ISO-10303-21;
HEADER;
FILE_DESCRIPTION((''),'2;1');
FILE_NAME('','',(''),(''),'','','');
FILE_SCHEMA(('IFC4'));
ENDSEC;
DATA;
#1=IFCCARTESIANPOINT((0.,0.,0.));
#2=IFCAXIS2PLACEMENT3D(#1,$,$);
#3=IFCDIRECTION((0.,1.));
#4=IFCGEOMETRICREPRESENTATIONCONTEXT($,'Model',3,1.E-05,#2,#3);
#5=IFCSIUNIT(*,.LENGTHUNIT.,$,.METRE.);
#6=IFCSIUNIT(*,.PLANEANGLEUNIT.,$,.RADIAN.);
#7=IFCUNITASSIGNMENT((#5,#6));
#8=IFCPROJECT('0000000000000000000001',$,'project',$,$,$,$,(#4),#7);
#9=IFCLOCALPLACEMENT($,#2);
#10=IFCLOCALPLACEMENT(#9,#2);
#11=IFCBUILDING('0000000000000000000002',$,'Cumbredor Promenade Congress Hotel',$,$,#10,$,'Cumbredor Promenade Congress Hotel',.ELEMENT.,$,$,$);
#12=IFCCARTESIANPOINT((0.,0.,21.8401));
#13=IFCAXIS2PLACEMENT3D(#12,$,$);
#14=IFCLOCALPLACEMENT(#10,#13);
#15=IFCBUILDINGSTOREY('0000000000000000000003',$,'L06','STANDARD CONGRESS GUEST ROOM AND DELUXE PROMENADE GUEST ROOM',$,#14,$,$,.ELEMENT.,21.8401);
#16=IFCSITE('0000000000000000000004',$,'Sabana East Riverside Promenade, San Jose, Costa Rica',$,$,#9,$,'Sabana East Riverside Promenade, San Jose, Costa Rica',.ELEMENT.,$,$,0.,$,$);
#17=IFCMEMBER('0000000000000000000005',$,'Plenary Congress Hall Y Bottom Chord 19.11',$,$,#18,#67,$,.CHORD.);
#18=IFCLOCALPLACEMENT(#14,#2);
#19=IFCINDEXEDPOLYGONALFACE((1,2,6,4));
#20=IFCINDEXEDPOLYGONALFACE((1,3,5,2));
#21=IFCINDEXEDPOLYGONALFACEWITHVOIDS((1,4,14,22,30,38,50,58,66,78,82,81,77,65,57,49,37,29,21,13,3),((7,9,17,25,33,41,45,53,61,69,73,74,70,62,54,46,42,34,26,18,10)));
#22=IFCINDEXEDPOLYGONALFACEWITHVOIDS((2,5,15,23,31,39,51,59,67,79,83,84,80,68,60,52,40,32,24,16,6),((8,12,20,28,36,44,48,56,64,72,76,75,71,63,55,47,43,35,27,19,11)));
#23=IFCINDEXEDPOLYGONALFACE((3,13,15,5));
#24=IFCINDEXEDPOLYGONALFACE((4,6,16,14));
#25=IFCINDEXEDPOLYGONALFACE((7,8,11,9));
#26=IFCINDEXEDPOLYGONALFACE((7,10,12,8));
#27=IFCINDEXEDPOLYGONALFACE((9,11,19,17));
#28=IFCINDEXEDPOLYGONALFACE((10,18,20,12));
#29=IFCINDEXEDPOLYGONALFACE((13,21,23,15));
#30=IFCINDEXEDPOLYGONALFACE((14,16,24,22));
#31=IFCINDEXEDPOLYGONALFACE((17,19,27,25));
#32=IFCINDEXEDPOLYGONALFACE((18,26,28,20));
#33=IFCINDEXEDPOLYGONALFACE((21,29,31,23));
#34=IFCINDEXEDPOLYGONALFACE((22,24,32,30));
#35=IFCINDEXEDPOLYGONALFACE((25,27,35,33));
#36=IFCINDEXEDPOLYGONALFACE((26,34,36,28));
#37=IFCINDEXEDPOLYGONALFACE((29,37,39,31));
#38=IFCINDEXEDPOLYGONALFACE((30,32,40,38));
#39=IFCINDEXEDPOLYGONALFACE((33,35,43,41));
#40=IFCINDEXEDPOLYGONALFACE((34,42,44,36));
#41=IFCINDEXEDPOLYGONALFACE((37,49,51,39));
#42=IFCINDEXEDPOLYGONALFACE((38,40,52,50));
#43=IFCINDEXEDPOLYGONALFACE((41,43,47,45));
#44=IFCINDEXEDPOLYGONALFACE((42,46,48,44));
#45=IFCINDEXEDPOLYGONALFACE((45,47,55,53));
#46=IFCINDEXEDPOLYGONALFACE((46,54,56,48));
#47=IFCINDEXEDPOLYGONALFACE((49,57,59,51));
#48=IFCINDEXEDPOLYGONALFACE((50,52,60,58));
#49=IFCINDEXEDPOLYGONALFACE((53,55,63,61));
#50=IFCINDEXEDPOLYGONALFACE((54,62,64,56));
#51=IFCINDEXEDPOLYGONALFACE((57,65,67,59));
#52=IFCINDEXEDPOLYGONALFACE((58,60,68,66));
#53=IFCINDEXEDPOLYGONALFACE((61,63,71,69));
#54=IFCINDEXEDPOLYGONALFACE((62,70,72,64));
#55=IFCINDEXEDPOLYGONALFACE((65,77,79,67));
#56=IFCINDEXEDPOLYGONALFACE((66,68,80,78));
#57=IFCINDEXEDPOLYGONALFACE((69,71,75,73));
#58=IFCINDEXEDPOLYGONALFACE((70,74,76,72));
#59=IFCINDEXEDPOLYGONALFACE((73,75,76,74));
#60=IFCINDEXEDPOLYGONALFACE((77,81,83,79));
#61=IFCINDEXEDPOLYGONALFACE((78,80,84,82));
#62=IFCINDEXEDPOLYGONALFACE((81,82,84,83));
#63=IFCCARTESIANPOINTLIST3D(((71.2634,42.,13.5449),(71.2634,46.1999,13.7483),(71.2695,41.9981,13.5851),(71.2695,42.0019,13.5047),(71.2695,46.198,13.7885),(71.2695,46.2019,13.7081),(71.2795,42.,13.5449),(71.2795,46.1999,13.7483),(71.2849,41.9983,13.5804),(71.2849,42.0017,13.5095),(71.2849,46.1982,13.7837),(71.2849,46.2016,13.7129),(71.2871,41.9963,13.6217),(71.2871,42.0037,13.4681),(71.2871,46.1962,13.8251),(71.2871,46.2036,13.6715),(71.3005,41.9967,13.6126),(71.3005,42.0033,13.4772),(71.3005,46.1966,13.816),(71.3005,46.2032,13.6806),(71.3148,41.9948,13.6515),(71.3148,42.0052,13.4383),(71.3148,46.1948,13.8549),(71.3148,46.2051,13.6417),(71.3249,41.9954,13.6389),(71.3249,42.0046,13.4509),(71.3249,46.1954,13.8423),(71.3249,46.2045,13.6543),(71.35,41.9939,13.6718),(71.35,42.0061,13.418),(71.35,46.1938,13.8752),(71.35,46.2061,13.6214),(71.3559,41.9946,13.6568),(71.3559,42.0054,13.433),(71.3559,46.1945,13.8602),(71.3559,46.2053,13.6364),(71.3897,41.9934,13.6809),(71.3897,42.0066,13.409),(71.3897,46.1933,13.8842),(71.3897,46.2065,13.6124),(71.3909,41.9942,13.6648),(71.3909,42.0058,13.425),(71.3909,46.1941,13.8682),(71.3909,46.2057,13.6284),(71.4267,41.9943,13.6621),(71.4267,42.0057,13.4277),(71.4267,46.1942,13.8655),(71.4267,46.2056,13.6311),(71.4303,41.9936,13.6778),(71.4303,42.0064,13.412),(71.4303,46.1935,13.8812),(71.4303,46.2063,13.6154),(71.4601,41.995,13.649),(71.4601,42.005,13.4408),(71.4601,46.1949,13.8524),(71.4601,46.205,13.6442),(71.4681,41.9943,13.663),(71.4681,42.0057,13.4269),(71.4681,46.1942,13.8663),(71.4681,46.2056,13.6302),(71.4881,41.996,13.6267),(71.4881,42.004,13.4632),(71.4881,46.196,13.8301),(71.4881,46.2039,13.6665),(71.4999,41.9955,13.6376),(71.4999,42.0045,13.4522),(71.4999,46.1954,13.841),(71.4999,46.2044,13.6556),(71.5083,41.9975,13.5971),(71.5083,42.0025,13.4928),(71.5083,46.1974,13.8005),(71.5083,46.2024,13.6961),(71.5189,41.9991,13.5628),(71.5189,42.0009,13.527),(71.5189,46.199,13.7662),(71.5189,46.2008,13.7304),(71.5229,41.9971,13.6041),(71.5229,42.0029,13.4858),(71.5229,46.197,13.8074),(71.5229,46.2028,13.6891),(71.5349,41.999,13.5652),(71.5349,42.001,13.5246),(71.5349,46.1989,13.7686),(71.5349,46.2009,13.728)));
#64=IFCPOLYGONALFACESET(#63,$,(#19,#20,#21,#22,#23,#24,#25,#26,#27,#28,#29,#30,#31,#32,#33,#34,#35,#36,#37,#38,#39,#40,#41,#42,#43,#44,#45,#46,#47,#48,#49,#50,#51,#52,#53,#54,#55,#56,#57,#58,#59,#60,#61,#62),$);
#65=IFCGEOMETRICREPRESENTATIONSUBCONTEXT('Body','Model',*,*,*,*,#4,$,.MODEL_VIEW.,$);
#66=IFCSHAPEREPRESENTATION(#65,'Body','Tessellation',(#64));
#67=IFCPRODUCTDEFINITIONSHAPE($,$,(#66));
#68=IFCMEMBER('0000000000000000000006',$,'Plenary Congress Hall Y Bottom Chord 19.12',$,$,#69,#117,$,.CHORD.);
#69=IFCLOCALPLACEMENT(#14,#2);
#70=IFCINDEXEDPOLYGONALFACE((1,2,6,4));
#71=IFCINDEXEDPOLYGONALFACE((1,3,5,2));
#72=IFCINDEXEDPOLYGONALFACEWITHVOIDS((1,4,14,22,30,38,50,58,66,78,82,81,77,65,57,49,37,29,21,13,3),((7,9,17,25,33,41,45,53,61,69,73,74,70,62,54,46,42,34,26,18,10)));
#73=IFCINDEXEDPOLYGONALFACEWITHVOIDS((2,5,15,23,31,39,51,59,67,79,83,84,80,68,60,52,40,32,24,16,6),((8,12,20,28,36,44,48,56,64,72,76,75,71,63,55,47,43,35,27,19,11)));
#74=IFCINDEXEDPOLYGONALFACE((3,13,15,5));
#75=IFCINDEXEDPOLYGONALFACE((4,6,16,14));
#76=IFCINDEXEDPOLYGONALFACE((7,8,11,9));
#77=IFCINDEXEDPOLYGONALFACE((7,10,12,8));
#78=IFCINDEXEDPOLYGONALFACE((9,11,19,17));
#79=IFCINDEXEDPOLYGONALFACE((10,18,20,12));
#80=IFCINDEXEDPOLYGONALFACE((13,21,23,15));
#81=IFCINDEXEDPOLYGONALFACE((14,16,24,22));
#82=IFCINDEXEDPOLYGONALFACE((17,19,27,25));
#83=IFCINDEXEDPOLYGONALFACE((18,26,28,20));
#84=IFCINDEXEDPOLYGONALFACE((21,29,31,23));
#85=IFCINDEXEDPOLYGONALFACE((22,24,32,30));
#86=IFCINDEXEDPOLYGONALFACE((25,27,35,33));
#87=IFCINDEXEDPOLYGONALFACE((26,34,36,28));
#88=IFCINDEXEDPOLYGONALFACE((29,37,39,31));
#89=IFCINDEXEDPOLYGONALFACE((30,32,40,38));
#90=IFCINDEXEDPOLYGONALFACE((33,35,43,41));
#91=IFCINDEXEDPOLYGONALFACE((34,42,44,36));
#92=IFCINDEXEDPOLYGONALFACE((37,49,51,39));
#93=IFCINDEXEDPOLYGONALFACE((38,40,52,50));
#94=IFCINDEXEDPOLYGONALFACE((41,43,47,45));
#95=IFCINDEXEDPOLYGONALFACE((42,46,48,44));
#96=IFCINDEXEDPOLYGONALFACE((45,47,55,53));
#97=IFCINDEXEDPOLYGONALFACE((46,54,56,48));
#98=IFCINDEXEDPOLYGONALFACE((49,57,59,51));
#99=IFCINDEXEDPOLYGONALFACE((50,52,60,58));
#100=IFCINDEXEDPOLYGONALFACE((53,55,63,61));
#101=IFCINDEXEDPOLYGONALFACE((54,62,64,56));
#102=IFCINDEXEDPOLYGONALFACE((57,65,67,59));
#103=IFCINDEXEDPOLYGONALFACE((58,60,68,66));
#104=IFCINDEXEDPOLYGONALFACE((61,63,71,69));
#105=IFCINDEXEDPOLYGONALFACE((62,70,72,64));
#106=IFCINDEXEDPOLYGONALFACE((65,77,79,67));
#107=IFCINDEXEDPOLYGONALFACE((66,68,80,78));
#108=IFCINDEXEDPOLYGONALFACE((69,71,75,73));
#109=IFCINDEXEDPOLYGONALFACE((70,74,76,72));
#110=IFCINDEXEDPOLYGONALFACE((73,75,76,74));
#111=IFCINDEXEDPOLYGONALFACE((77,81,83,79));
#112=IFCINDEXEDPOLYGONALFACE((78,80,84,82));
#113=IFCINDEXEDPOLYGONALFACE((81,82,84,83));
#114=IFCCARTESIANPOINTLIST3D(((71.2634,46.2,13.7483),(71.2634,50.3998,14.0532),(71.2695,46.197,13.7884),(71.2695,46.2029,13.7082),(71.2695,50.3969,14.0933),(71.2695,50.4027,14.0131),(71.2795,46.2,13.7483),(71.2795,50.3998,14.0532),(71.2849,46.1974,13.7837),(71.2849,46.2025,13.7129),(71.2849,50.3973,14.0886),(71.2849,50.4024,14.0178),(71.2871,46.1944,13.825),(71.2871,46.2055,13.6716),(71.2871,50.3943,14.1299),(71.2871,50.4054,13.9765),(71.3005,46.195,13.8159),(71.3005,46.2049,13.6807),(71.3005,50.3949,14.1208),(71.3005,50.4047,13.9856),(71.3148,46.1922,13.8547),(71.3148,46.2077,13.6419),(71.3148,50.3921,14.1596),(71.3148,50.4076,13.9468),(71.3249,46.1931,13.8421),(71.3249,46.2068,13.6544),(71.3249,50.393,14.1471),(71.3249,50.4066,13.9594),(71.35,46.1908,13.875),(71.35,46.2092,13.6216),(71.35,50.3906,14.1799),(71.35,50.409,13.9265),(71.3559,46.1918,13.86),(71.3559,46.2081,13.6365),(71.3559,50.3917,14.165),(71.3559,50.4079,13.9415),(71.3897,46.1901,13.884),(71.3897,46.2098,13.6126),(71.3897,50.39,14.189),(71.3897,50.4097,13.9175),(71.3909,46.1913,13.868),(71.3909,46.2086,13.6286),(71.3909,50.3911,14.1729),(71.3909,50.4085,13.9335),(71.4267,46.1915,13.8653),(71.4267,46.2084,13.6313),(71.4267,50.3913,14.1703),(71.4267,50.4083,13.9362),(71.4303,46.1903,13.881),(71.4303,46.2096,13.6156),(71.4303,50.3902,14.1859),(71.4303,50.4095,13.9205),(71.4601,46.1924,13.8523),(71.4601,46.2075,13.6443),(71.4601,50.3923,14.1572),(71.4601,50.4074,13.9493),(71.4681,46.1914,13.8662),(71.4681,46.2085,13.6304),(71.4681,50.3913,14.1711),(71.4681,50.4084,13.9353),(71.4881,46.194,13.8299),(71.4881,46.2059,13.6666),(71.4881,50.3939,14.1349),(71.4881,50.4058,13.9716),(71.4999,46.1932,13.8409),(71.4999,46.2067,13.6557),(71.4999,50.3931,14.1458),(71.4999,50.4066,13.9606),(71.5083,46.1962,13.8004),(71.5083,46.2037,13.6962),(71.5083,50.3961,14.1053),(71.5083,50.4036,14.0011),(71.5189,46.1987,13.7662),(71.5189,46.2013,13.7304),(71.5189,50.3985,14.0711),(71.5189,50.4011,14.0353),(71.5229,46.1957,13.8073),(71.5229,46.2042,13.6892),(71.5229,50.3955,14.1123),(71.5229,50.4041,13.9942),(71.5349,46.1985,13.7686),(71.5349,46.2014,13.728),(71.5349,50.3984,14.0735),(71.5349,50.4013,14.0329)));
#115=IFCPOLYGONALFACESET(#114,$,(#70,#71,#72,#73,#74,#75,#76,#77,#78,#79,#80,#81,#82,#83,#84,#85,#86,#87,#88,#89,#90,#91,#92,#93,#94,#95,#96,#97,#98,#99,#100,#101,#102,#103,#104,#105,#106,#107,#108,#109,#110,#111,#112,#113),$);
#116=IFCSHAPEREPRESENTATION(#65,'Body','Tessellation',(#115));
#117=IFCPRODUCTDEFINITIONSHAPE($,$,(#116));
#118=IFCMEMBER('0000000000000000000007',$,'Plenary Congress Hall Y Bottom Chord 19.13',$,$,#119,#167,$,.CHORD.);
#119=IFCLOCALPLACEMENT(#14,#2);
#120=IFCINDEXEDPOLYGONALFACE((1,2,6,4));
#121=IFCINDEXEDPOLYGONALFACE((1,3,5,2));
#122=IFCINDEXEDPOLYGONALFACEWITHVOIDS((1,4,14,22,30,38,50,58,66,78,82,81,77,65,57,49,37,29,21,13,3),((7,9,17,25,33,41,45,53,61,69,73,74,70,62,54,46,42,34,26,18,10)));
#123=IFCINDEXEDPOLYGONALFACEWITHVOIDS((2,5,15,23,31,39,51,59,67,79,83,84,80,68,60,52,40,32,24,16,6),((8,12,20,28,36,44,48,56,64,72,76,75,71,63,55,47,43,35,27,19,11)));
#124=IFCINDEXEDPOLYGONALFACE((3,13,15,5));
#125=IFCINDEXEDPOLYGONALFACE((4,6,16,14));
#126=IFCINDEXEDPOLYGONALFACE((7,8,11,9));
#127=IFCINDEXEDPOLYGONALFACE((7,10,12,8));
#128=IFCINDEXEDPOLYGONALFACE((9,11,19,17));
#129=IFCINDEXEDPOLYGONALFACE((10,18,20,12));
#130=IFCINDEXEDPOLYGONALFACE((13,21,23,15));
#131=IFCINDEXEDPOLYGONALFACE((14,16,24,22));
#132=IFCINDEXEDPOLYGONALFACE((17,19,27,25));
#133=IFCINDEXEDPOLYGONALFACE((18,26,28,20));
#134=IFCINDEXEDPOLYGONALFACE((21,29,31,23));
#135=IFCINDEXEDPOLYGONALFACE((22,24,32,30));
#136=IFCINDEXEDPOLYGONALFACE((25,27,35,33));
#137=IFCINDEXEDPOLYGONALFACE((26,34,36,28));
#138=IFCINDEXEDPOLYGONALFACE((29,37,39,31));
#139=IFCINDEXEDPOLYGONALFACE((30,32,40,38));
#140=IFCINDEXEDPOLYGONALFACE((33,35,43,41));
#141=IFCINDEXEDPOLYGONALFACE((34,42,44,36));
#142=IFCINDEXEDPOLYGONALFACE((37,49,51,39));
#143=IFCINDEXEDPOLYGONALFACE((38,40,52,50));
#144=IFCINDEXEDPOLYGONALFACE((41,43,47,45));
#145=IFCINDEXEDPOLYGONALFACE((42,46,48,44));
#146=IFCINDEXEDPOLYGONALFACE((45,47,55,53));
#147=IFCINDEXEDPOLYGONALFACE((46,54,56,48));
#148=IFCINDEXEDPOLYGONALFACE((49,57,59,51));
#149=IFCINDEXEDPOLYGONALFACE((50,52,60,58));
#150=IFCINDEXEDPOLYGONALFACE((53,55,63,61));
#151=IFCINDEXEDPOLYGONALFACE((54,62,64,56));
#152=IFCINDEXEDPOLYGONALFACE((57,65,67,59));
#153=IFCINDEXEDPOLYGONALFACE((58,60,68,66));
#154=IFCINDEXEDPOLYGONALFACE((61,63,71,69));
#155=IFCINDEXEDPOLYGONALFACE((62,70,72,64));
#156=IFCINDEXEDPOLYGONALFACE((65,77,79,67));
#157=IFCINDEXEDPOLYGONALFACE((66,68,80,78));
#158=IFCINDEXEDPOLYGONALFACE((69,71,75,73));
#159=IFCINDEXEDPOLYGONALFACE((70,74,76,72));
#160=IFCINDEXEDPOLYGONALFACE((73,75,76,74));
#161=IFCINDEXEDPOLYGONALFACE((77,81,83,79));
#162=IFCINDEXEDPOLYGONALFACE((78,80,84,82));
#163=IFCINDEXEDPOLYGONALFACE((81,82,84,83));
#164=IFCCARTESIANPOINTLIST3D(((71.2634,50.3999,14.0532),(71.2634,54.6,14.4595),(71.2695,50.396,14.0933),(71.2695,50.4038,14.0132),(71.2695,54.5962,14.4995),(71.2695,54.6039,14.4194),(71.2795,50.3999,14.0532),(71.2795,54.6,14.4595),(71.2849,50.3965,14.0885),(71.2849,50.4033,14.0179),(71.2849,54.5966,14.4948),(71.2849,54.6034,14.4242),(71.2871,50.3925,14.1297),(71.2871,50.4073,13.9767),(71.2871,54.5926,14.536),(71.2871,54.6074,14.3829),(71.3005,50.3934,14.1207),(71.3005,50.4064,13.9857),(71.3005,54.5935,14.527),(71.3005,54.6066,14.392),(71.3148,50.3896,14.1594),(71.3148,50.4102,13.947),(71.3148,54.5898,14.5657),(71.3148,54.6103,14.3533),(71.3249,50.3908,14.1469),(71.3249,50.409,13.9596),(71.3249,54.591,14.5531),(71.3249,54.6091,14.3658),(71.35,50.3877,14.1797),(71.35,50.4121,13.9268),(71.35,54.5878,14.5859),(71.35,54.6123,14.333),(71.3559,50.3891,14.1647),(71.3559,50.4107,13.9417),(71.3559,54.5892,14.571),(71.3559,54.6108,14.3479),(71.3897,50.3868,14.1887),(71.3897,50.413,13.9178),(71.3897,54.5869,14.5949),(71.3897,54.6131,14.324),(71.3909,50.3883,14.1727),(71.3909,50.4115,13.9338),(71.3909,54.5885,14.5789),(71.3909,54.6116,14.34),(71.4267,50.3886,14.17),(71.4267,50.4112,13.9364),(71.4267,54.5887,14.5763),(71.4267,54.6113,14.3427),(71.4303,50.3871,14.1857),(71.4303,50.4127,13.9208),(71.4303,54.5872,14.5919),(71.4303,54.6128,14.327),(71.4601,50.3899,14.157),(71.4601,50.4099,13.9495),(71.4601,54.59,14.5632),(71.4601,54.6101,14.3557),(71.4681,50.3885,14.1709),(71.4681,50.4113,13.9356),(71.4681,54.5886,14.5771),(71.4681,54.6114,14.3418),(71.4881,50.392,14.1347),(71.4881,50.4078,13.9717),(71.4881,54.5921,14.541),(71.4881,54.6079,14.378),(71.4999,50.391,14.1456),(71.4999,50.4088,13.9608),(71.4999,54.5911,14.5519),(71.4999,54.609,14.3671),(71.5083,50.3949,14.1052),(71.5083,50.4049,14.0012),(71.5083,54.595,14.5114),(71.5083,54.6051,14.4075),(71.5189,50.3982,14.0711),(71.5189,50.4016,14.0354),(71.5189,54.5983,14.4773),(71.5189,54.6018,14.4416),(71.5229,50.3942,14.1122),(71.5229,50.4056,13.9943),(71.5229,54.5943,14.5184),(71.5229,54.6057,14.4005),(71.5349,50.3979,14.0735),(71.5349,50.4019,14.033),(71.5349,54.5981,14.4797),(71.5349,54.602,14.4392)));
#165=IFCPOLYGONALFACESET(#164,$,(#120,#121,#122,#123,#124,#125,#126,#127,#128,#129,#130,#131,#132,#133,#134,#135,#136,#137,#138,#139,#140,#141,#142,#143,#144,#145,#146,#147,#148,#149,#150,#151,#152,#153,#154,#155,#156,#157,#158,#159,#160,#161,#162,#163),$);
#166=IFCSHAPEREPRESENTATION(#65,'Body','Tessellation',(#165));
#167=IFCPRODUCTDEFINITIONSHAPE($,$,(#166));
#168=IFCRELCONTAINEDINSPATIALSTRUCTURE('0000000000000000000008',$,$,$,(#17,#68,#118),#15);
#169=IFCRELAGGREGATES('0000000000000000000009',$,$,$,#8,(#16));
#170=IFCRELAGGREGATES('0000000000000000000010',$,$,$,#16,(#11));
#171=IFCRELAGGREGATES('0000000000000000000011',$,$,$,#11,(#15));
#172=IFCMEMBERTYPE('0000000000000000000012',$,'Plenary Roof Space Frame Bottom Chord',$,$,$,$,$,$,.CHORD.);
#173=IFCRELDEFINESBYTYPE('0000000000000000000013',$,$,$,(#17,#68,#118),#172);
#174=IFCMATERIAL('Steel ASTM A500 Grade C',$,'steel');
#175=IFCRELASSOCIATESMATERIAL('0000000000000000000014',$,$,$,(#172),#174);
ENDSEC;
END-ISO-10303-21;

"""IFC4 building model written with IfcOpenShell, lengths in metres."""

from ifc_helpers import new_model, si_unit, direction, frame, origin, origin_2d, place, context, subcontext, project, spatial, hollow_circle, extrude, material, material_profile, profile_set, type_object, element, save


model = new_model("IFC4")

# Units and contexts
model_context = context("Model", 3, precision=1e-05, world=origin(), true_north=direction((0.0, 1.0)))
body_context = subcontext(model_context, "Body", "Model", "MODEL_VIEW")
ifc_project = project(units=[si_unit("LENGTHUNIT", "METRE"), si_unit("PLANEANGLEUNIT", "RADIAN")], contexts=[model_context])

# Site, building, storey
site_placement = place(None, origin())
site = spatial("IfcSite", under=ifc_project, at=site_placement, Name="Sabana East Riverside Promenade, San Jose, Costa Rica", LongName="Sabana East Riverside Promenade, San Jose, Costa Rica", CompositionType="ELEMENT", RefElevation=0.0)
building_placement = place(site_placement, origin())
building = spatial("IfcBuilding", under=site, at=building_placement, Name="Cumbredor Promenade Congress Hotel", LongName="Cumbredor Promenade Congress Hotel", CompositionType="ELEMENT")
storey_placement = place(building_placement, frame((0.0, 0.0, 21.8401)))
storey = spatial("IfcBuildingStorey", under=building, at=storey_placement, Name="L06", Description="STANDARD CONGRESS GUEST ROOM AND DELUXE PROMENADE GUEST ROOM", CompositionType="ELEMENT", Elevation=21.8401)

# Members
ifc_material_1 = material(Name="Steel ASTM A500 Grade C", Category="steel")
ifc_material_profile_1 = material_profile(ifc_material_1, hollow_circle(Radius=0.1365, WallThickness=0.0161, at=origin_2d()), Name="CHS 273.0x16")
ifc_profile_set_1 = profile_set([ifc_material_profile_1], Name="Steel ASTM A500 Grade C")
member_type_1 = type_object("IfcMemberType", Name="Plenary Roof Space Frame Bottom Chord", PredefinedType="CHORD", material=ifc_profile_set_1)
member_1_placement = place(storey_placement, frame((71.3999, 42.0, 13.5449), z_axis=(0.0, 0.99883, 0.048365), x_axis=(-1.0, 0.0, 0.0)))
element("IfcMember", 1, at=member_1_placement, inside=storey, type_object=member_type_1, Name="Plenary Congress Hall Y Bottom Chord 19.11", PredefinedType="CHORD", context=body_context, shape_type="SweptSolid", body=[
    extrude(hollow_circle(Radius=0.1365, WallThickness=0.0161, at=origin_2d()), origin(), (0.0, 0.0, 1.0), 4.2048),
])
member_2_placement = place(storey_placement, frame((71.3999, 46.2, 13.7483), z_axis=(0.0, 0.997375, 0.072413), x_axis=(-1.0, 0.0, 0.0)))
element("IfcMember", 2, at=member_2_placement, inside=storey, type_object=member_type_1, Name="Plenary Congress Hall Y Bottom Chord 19.12", PredefinedType="CHORD", context=body_context, shape_type="SweptSolid", body=[
    extrude(hollow_circle(Radius=0.1365, WallThickness=0.0161, at=origin_2d()), origin(), (0.0, 0.0, 1.0), 4.2109),
])
member_3_placement = place(storey_placement, frame((71.3999, 50.3999, 14.0532), z_axis=(0.0, 0.995355, 0.096272), x_axis=(-1.0, 0.0, 0.0)))
element("IfcMember", 3, at=member_3_placement, inside=storey, type_object=member_type_1, Name="Plenary Congress Hall Y Bottom Chord 19.13", PredefinedType="CHORD", context=body_context, shape_type="SweptSolid", body=[
    extrude(hollow_circle(Radius=0.1365, WallThickness=0.0161, at=origin_2d()), origin(), (0.0, 0.0, 1.0), 4.2197),
])

save(model, "model.ifc")
